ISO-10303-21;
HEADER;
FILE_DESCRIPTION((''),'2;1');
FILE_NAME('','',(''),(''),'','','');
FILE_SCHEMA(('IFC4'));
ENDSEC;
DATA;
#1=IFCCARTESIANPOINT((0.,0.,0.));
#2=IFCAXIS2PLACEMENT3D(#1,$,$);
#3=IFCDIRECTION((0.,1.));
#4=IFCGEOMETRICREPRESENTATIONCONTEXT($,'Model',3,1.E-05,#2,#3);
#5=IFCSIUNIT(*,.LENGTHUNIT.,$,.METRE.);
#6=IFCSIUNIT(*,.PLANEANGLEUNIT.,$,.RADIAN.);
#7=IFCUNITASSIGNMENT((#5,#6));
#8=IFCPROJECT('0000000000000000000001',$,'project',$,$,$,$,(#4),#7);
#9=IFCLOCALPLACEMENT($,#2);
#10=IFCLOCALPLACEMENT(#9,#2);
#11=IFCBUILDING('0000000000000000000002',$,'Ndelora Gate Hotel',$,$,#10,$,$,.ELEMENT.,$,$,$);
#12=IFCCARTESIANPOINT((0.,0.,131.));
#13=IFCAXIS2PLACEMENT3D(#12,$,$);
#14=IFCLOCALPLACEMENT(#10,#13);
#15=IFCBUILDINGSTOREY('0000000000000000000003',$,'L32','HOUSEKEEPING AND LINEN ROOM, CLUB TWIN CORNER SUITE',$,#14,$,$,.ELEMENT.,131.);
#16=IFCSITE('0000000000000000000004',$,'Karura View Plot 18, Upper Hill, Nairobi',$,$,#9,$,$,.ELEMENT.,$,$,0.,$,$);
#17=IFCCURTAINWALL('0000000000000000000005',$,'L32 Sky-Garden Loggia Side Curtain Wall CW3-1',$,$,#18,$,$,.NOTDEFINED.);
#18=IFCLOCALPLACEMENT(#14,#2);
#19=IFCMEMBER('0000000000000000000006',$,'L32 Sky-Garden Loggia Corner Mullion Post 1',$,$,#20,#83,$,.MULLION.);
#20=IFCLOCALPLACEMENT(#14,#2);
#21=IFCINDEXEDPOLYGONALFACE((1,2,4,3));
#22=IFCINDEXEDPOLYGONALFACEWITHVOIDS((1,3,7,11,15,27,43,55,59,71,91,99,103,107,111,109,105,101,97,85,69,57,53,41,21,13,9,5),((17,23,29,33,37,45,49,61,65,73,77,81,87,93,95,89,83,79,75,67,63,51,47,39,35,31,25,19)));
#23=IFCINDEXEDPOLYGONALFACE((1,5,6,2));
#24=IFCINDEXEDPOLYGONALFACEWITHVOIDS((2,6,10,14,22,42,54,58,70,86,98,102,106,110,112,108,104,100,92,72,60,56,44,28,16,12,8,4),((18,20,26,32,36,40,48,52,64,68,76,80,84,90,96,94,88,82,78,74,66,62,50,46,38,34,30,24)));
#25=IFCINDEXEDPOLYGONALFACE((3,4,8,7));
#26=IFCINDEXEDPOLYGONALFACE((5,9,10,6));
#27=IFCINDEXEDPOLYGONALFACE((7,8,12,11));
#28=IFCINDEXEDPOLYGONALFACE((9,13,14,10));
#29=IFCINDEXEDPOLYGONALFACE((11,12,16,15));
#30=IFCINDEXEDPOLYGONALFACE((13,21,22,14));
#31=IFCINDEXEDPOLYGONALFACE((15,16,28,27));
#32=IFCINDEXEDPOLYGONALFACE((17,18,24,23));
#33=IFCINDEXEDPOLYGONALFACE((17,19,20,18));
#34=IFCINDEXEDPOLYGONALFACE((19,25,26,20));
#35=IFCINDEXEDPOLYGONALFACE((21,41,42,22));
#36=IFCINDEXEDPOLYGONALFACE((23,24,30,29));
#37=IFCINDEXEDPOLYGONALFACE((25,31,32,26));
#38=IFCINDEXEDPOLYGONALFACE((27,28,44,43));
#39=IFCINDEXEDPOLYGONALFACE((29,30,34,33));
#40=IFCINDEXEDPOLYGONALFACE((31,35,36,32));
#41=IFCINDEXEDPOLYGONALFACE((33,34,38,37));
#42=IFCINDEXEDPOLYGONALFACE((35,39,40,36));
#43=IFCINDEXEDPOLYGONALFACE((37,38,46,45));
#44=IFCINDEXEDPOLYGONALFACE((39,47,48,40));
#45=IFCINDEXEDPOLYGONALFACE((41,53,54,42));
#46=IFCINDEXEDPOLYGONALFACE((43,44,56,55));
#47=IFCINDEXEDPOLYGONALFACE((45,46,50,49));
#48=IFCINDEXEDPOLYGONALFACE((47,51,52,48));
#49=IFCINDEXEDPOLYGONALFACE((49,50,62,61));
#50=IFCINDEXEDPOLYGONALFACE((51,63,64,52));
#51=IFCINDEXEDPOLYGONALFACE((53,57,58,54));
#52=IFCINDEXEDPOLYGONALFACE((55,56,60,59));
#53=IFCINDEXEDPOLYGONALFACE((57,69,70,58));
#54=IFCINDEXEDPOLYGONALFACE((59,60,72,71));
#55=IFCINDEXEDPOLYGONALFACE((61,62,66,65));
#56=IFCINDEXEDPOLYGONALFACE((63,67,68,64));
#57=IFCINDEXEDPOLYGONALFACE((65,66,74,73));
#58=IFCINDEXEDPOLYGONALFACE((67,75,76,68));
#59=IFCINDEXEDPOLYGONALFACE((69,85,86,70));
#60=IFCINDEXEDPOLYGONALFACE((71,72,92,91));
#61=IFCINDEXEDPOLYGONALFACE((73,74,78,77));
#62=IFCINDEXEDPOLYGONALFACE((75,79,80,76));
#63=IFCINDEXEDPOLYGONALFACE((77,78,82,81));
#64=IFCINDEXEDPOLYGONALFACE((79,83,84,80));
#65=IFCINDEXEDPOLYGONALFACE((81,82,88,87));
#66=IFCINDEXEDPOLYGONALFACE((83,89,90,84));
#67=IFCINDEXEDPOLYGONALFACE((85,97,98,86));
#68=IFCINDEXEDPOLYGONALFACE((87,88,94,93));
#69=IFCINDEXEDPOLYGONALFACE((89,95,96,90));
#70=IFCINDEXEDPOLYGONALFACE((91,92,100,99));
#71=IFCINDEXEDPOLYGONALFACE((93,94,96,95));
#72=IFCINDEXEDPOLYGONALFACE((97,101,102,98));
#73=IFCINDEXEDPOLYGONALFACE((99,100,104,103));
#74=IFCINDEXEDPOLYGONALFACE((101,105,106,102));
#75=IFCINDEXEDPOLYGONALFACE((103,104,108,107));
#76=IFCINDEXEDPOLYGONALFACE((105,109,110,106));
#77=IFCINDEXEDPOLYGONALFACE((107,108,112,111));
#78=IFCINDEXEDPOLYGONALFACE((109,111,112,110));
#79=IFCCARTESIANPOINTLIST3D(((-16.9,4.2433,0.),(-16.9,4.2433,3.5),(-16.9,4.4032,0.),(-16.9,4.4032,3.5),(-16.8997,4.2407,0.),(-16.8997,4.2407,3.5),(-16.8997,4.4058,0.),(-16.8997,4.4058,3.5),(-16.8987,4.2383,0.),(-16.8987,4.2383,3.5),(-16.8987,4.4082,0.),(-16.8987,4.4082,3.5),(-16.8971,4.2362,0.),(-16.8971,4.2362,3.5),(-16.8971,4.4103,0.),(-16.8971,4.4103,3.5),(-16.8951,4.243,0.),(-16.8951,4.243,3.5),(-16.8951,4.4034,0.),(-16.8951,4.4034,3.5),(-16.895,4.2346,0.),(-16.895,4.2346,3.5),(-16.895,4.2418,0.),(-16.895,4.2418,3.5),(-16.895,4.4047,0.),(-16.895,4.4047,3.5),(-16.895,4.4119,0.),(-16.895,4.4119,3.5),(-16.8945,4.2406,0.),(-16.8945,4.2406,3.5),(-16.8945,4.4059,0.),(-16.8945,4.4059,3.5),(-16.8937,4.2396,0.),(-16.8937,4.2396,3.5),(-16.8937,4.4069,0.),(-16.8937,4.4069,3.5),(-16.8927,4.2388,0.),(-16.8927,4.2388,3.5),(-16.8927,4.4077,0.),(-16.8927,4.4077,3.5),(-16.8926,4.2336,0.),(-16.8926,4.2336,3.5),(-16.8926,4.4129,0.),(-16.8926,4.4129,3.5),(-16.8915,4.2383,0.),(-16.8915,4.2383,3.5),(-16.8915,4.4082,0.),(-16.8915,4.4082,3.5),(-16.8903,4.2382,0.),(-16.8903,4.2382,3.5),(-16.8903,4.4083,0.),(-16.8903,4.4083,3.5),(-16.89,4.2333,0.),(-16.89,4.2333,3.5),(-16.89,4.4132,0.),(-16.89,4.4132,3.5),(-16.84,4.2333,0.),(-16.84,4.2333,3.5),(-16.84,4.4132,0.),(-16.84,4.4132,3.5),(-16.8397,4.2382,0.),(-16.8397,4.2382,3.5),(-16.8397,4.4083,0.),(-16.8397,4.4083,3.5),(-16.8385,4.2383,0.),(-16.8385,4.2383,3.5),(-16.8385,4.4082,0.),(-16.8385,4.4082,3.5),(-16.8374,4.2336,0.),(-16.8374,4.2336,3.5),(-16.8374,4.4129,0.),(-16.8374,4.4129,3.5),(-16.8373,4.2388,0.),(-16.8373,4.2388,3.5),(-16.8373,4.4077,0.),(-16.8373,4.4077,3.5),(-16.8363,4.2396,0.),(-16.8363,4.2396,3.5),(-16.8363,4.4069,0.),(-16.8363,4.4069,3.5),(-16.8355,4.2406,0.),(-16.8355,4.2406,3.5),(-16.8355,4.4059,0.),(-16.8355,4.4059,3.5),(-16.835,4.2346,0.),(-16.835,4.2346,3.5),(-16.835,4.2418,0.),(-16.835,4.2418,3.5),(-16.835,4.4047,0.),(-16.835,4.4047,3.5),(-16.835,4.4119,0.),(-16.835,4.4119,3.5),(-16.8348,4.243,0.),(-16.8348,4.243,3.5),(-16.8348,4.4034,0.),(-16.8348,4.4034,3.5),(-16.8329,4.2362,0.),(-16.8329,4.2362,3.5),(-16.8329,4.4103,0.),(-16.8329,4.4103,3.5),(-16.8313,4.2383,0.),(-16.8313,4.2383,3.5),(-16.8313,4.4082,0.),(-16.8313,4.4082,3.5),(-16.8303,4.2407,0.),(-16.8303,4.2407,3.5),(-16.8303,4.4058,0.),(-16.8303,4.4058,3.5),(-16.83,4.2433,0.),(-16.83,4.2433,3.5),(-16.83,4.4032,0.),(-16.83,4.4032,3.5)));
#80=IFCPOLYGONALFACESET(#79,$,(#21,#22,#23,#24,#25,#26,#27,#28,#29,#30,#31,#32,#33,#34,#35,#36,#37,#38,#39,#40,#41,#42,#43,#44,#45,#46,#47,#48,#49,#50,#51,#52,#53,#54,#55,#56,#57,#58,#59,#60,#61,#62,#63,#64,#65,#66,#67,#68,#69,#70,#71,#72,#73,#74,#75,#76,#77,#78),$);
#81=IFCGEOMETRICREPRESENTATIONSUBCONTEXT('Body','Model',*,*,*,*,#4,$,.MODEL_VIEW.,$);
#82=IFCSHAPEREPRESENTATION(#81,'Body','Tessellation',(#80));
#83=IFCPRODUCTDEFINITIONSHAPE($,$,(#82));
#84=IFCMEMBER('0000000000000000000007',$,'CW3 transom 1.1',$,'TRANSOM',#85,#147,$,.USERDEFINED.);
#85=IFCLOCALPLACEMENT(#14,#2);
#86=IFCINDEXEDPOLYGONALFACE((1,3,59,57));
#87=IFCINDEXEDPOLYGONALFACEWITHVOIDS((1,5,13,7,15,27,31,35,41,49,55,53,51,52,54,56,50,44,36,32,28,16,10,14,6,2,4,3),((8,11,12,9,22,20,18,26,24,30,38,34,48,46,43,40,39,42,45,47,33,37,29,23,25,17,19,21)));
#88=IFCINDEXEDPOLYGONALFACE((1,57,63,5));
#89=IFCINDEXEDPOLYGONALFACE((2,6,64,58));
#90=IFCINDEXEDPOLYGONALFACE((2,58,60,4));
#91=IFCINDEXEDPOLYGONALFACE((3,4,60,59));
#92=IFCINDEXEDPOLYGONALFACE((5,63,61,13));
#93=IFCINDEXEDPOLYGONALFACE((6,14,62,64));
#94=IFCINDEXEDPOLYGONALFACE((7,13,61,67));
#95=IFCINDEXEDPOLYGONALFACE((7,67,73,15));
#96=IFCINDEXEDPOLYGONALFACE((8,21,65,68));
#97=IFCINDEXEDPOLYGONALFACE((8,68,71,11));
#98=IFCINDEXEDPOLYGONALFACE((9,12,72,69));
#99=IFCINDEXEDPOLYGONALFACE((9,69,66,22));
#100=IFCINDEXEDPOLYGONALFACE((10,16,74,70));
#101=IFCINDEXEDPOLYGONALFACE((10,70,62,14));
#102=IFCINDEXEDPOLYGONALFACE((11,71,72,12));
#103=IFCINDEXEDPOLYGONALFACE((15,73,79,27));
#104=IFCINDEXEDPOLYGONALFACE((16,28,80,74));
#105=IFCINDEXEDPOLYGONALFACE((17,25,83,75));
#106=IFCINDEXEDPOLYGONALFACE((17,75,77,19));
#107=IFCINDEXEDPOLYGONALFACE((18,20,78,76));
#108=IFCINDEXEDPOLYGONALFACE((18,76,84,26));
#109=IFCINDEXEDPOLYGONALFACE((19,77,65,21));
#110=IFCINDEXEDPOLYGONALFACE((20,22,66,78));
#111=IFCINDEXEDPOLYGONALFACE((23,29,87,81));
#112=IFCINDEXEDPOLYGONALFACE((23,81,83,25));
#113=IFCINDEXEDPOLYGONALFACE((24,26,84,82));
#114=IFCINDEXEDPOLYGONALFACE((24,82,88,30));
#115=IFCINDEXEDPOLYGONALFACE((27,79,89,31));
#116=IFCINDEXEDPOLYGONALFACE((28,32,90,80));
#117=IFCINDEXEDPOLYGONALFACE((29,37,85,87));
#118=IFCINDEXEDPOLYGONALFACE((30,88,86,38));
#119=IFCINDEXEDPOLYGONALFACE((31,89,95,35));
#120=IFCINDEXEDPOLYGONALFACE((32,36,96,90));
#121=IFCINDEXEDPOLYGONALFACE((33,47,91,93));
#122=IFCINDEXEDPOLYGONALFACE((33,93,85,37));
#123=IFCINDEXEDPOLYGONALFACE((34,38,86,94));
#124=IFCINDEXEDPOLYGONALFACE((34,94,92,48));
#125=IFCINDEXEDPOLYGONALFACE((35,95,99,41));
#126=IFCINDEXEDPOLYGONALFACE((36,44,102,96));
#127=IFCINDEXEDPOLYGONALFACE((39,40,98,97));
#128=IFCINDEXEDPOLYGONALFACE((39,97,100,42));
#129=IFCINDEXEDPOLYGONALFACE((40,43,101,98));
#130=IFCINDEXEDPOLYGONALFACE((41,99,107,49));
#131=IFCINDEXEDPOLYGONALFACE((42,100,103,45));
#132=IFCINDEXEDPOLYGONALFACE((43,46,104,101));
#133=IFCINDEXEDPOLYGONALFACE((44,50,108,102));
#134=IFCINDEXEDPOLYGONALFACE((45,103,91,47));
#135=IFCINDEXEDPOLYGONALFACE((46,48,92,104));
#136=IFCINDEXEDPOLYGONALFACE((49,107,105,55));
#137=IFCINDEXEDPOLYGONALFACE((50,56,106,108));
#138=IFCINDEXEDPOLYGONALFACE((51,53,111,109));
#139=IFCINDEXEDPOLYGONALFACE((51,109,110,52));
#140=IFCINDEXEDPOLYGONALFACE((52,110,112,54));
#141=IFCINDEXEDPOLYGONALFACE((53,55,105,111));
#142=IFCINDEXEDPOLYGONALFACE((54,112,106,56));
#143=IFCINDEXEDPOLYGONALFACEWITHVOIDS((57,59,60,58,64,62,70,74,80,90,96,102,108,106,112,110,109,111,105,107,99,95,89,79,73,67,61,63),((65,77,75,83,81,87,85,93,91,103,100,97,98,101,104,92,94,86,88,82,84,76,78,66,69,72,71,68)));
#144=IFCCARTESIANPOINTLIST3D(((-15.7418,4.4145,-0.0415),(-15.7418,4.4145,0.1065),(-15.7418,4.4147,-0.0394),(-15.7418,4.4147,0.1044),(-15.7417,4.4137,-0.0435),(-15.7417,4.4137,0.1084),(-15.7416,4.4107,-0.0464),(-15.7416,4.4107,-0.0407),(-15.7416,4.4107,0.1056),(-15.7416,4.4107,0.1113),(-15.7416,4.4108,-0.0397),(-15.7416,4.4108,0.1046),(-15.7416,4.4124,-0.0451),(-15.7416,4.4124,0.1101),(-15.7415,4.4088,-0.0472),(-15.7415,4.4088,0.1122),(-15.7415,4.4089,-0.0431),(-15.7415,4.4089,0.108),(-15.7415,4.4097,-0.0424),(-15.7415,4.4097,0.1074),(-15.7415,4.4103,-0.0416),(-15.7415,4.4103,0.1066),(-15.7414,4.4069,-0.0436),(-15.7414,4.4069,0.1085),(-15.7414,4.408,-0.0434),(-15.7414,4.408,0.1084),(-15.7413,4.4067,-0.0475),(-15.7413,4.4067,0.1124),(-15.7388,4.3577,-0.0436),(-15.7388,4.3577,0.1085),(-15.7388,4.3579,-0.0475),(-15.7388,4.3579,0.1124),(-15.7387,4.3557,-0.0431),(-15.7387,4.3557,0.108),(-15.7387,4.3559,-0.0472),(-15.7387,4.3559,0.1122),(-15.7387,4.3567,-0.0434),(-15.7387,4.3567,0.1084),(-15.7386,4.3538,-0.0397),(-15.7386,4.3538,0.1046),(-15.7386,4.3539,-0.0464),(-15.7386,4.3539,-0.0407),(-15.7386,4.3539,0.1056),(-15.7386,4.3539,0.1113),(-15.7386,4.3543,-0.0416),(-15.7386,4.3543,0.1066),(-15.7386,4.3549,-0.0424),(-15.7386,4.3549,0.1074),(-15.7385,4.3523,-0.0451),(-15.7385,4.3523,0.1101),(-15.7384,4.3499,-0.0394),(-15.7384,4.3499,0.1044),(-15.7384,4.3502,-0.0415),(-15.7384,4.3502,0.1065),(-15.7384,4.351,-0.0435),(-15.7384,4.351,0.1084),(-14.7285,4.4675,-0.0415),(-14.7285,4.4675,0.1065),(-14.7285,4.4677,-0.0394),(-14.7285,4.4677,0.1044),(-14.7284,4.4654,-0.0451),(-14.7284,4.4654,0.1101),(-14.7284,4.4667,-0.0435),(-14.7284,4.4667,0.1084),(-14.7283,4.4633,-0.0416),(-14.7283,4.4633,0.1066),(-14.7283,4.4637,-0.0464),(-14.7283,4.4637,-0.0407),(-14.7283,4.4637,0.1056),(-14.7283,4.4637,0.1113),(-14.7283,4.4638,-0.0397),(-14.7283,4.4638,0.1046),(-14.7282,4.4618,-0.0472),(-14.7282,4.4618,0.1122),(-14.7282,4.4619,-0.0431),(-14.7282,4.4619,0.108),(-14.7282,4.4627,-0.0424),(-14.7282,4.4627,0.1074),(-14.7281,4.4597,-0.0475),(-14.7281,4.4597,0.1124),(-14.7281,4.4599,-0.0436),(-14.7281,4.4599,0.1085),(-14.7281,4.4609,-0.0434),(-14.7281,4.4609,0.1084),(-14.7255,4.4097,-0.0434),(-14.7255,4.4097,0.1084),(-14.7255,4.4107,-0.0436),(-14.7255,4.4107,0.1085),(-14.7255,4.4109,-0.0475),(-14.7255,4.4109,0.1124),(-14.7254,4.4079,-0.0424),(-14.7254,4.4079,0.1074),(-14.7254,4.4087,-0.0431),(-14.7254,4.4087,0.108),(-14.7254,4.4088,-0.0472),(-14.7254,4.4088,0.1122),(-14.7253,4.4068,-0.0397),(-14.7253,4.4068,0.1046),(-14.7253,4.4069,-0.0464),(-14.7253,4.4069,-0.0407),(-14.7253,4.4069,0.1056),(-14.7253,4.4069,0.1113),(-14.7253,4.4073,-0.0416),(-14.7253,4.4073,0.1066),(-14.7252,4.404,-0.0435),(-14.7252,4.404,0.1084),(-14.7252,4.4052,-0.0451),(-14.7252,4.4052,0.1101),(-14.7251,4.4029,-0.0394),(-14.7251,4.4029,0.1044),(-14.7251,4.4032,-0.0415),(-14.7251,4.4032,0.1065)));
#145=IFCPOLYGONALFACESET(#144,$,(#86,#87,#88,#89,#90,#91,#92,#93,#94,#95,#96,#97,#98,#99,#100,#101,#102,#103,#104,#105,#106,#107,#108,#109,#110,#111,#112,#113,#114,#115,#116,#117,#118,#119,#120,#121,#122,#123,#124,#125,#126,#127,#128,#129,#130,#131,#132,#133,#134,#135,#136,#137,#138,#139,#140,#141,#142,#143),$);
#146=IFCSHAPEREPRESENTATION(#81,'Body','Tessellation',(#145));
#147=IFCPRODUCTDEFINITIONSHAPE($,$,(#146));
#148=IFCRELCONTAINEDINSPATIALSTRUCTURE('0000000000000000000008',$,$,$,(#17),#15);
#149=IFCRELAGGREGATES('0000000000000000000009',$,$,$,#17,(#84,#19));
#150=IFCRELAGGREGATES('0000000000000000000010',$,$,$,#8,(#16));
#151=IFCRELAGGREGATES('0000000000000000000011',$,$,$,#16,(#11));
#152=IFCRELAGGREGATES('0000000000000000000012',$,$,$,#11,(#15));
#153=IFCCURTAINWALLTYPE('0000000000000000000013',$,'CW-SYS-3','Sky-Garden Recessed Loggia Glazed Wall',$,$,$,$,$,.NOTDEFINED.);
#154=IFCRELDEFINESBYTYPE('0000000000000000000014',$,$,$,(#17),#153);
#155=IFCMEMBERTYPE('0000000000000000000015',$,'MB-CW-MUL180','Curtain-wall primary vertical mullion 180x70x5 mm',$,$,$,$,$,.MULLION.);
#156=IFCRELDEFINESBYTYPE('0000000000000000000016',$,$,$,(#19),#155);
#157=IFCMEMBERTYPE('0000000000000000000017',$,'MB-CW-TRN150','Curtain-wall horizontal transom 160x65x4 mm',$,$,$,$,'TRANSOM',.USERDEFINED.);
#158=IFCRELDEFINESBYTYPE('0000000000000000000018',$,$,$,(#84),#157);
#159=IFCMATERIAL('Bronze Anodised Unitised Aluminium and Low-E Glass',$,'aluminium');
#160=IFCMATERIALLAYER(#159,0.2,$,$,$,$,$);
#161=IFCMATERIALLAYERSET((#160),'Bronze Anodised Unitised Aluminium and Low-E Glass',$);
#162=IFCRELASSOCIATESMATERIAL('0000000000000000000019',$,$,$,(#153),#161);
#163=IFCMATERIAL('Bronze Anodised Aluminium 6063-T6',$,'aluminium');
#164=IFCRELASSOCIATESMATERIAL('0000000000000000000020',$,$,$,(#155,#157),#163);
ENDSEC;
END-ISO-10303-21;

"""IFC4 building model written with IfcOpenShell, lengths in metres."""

from ifc_helpers import new_model, si_unit, direction, frame, origin, origin_2d, place, context, subcontext, project, spatial, hollow_rectangle, extrude, material, layer, layer_set, material_profile, profile_set, type_object, element, aggregate, save


model = new_model("IFC4")

# Units and contexts
model_context = context("Model", 3, precision=1e-05, world=origin(), true_north=direction((0.0, 1.0)))
body_context = subcontext(model_context, "Body", "Model", "MODEL_VIEW")
ifc_project = project(units=[si_unit("LENGTHUNIT", "METRE"), si_unit("PLANEANGLEUNIT", "RADIAN")], contexts=[model_context])

# Site, building, storey
site_placement = place(None, origin())
site = spatial("IfcSite", under=ifc_project, at=site_placement, Name="Karura View Plot 18, Upper Hill, Nairobi", CompositionType="ELEMENT", RefElevation=0.0)
building_placement = place(site_placement, origin())
building = spatial("IfcBuilding", under=site, at=building_placement, Name="Ndelora Gate Hotel", CompositionType="ELEMENT")
storey_placement = place(building_placement, frame((0.0, 0.0, 131.0)))
storey = spatial("IfcBuildingStorey", under=building, at=storey_placement, Name="L32", Description="HOUSEKEEPING AND LINEN ROOM, CLUB TWIN CORNER SUITE", CompositionType="ELEMENT", Elevation=131.0)

# Curtain wall, members
ifc_material_1 = material(Name="Bronze Anodised Unitised Aluminium and Low-E Glass", Category="aluminium")
ifc_layer_1 = layer(ifc_material_1, 0.2)
ifc_layer_set_1 = layer_set([ifc_layer_1], Name="Bronze Anodised Unitised Aluminium and Low-E Glass")
curtain_wall_type = type_object("IfcCurtainWallType", Name="CW-SYS-3", Description="Sky-Garden Recessed Loggia Glazed Wall", PredefinedType="NOTDEFINED", material=ifc_layer_set_1)
curtain_wall_placement = place(storey_placement, origin())
curtain_wall = element("IfcCurtainWall", 1, at=curtain_wall_placement, inside=storey, type_object=curtain_wall_type, Name="L32 Sky-Garden Loggia Side Curtain Wall CW3-1", PredefinedType="NOTDEFINED")
ifc_material_2 = material(Name="Bronze Anodised Aluminium 6063-T6", Category="aluminium")
ifc_material_profile_1 = material_profile(ifc_material_2, hollow_rectangle(XDim=0.0701, YDim=0.1799, WallThickness=0.0049, InnerFilletRadius=0.0049, OuterFilletRadius=0.01, at=origin_2d()), Name="ALU 180x70x5")
ifc_profile_set_1 = profile_set([ifc_material_profile_1], Name="Bronze Anodised Aluminium 6063-T6")
member_type_1 = type_object("IfcMemberType", Name="MB-CW-MUL180", Description="Curtain-wall primary vertical mullion 180x70x5 mm", PredefinedType="MULLION", material=ifc_profile_set_1)
member_1_placement = place(storey_placement, frame((-16.865, 4.3232, 0.0), z_axis=(0.0, 0.0, 1.0), x_axis=(1.0, 0.0, 0.0)))
member_1 = element("IfcMember", 2, at=member_1_placement, type_object=member_type_1, Name="L32 Sky-Garden Loggia Corner Mullion Post 1", PredefinedType="MULLION", context=body_context, shape_type="SweptSolid", body=[
    extrude(hollow_rectangle(XDim=0.0701, YDim=0.1799, WallThickness=0.0049, InnerFilletRadius=0.0049, OuterFilletRadius=0.01, at=origin_2d()), origin(), (0.0, 0.0, 1.0), 3.5),
])
ifc_material_profile_2 = material_profile(ifc_material_2, hollow_rectangle(XDim=0.0649, YDim=0.1599, WallThickness=0.0039, InnerFilletRadius=0.0039, OuterFilletRadius=0.0081, at=origin_2d()), Name="ALU 160x65x4")
ifc_profile_set_2 = profile_set([ifc_material_profile_2], Name="Bronze Anodised Aluminium 6063-T6")
member_type_2 = type_object("IfcMemberType", Name="MB-CW-TRN150", Description="Curtain-wall horizontal transom 160x65x4 mm", ElementType="TRANSOM", PredefinedType="USERDEFINED", material=ifc_profile_set_2)
member_2_placement = place(storey_placement, frame((-14.7268, 4.4353, 0.0325), z_axis=(-0.998636, -0.052218, 0.0), x_axis=(0.052218, -0.998636, 0.0)))
member_2 = element("IfcMember", 3, at=member_2_placement, type_object=member_type_2, Name="CW3 transom 1.1", ObjectType="TRANSOM", PredefinedType="USERDEFINED", context=body_context, shape_type="SweptSolid", body=[
    extrude(hollow_rectangle(XDim=0.0649, YDim=0.1599, WallThickness=0.0039, InnerFilletRadius=0.0039, OuterFilletRadius=0.0081, at=origin_2d()), origin(), (0.0, 0.0, 1.0), 1.0146),
])
aggregate(curtain_wall, [member_2, member_1])

save(model, "model.ifc")
